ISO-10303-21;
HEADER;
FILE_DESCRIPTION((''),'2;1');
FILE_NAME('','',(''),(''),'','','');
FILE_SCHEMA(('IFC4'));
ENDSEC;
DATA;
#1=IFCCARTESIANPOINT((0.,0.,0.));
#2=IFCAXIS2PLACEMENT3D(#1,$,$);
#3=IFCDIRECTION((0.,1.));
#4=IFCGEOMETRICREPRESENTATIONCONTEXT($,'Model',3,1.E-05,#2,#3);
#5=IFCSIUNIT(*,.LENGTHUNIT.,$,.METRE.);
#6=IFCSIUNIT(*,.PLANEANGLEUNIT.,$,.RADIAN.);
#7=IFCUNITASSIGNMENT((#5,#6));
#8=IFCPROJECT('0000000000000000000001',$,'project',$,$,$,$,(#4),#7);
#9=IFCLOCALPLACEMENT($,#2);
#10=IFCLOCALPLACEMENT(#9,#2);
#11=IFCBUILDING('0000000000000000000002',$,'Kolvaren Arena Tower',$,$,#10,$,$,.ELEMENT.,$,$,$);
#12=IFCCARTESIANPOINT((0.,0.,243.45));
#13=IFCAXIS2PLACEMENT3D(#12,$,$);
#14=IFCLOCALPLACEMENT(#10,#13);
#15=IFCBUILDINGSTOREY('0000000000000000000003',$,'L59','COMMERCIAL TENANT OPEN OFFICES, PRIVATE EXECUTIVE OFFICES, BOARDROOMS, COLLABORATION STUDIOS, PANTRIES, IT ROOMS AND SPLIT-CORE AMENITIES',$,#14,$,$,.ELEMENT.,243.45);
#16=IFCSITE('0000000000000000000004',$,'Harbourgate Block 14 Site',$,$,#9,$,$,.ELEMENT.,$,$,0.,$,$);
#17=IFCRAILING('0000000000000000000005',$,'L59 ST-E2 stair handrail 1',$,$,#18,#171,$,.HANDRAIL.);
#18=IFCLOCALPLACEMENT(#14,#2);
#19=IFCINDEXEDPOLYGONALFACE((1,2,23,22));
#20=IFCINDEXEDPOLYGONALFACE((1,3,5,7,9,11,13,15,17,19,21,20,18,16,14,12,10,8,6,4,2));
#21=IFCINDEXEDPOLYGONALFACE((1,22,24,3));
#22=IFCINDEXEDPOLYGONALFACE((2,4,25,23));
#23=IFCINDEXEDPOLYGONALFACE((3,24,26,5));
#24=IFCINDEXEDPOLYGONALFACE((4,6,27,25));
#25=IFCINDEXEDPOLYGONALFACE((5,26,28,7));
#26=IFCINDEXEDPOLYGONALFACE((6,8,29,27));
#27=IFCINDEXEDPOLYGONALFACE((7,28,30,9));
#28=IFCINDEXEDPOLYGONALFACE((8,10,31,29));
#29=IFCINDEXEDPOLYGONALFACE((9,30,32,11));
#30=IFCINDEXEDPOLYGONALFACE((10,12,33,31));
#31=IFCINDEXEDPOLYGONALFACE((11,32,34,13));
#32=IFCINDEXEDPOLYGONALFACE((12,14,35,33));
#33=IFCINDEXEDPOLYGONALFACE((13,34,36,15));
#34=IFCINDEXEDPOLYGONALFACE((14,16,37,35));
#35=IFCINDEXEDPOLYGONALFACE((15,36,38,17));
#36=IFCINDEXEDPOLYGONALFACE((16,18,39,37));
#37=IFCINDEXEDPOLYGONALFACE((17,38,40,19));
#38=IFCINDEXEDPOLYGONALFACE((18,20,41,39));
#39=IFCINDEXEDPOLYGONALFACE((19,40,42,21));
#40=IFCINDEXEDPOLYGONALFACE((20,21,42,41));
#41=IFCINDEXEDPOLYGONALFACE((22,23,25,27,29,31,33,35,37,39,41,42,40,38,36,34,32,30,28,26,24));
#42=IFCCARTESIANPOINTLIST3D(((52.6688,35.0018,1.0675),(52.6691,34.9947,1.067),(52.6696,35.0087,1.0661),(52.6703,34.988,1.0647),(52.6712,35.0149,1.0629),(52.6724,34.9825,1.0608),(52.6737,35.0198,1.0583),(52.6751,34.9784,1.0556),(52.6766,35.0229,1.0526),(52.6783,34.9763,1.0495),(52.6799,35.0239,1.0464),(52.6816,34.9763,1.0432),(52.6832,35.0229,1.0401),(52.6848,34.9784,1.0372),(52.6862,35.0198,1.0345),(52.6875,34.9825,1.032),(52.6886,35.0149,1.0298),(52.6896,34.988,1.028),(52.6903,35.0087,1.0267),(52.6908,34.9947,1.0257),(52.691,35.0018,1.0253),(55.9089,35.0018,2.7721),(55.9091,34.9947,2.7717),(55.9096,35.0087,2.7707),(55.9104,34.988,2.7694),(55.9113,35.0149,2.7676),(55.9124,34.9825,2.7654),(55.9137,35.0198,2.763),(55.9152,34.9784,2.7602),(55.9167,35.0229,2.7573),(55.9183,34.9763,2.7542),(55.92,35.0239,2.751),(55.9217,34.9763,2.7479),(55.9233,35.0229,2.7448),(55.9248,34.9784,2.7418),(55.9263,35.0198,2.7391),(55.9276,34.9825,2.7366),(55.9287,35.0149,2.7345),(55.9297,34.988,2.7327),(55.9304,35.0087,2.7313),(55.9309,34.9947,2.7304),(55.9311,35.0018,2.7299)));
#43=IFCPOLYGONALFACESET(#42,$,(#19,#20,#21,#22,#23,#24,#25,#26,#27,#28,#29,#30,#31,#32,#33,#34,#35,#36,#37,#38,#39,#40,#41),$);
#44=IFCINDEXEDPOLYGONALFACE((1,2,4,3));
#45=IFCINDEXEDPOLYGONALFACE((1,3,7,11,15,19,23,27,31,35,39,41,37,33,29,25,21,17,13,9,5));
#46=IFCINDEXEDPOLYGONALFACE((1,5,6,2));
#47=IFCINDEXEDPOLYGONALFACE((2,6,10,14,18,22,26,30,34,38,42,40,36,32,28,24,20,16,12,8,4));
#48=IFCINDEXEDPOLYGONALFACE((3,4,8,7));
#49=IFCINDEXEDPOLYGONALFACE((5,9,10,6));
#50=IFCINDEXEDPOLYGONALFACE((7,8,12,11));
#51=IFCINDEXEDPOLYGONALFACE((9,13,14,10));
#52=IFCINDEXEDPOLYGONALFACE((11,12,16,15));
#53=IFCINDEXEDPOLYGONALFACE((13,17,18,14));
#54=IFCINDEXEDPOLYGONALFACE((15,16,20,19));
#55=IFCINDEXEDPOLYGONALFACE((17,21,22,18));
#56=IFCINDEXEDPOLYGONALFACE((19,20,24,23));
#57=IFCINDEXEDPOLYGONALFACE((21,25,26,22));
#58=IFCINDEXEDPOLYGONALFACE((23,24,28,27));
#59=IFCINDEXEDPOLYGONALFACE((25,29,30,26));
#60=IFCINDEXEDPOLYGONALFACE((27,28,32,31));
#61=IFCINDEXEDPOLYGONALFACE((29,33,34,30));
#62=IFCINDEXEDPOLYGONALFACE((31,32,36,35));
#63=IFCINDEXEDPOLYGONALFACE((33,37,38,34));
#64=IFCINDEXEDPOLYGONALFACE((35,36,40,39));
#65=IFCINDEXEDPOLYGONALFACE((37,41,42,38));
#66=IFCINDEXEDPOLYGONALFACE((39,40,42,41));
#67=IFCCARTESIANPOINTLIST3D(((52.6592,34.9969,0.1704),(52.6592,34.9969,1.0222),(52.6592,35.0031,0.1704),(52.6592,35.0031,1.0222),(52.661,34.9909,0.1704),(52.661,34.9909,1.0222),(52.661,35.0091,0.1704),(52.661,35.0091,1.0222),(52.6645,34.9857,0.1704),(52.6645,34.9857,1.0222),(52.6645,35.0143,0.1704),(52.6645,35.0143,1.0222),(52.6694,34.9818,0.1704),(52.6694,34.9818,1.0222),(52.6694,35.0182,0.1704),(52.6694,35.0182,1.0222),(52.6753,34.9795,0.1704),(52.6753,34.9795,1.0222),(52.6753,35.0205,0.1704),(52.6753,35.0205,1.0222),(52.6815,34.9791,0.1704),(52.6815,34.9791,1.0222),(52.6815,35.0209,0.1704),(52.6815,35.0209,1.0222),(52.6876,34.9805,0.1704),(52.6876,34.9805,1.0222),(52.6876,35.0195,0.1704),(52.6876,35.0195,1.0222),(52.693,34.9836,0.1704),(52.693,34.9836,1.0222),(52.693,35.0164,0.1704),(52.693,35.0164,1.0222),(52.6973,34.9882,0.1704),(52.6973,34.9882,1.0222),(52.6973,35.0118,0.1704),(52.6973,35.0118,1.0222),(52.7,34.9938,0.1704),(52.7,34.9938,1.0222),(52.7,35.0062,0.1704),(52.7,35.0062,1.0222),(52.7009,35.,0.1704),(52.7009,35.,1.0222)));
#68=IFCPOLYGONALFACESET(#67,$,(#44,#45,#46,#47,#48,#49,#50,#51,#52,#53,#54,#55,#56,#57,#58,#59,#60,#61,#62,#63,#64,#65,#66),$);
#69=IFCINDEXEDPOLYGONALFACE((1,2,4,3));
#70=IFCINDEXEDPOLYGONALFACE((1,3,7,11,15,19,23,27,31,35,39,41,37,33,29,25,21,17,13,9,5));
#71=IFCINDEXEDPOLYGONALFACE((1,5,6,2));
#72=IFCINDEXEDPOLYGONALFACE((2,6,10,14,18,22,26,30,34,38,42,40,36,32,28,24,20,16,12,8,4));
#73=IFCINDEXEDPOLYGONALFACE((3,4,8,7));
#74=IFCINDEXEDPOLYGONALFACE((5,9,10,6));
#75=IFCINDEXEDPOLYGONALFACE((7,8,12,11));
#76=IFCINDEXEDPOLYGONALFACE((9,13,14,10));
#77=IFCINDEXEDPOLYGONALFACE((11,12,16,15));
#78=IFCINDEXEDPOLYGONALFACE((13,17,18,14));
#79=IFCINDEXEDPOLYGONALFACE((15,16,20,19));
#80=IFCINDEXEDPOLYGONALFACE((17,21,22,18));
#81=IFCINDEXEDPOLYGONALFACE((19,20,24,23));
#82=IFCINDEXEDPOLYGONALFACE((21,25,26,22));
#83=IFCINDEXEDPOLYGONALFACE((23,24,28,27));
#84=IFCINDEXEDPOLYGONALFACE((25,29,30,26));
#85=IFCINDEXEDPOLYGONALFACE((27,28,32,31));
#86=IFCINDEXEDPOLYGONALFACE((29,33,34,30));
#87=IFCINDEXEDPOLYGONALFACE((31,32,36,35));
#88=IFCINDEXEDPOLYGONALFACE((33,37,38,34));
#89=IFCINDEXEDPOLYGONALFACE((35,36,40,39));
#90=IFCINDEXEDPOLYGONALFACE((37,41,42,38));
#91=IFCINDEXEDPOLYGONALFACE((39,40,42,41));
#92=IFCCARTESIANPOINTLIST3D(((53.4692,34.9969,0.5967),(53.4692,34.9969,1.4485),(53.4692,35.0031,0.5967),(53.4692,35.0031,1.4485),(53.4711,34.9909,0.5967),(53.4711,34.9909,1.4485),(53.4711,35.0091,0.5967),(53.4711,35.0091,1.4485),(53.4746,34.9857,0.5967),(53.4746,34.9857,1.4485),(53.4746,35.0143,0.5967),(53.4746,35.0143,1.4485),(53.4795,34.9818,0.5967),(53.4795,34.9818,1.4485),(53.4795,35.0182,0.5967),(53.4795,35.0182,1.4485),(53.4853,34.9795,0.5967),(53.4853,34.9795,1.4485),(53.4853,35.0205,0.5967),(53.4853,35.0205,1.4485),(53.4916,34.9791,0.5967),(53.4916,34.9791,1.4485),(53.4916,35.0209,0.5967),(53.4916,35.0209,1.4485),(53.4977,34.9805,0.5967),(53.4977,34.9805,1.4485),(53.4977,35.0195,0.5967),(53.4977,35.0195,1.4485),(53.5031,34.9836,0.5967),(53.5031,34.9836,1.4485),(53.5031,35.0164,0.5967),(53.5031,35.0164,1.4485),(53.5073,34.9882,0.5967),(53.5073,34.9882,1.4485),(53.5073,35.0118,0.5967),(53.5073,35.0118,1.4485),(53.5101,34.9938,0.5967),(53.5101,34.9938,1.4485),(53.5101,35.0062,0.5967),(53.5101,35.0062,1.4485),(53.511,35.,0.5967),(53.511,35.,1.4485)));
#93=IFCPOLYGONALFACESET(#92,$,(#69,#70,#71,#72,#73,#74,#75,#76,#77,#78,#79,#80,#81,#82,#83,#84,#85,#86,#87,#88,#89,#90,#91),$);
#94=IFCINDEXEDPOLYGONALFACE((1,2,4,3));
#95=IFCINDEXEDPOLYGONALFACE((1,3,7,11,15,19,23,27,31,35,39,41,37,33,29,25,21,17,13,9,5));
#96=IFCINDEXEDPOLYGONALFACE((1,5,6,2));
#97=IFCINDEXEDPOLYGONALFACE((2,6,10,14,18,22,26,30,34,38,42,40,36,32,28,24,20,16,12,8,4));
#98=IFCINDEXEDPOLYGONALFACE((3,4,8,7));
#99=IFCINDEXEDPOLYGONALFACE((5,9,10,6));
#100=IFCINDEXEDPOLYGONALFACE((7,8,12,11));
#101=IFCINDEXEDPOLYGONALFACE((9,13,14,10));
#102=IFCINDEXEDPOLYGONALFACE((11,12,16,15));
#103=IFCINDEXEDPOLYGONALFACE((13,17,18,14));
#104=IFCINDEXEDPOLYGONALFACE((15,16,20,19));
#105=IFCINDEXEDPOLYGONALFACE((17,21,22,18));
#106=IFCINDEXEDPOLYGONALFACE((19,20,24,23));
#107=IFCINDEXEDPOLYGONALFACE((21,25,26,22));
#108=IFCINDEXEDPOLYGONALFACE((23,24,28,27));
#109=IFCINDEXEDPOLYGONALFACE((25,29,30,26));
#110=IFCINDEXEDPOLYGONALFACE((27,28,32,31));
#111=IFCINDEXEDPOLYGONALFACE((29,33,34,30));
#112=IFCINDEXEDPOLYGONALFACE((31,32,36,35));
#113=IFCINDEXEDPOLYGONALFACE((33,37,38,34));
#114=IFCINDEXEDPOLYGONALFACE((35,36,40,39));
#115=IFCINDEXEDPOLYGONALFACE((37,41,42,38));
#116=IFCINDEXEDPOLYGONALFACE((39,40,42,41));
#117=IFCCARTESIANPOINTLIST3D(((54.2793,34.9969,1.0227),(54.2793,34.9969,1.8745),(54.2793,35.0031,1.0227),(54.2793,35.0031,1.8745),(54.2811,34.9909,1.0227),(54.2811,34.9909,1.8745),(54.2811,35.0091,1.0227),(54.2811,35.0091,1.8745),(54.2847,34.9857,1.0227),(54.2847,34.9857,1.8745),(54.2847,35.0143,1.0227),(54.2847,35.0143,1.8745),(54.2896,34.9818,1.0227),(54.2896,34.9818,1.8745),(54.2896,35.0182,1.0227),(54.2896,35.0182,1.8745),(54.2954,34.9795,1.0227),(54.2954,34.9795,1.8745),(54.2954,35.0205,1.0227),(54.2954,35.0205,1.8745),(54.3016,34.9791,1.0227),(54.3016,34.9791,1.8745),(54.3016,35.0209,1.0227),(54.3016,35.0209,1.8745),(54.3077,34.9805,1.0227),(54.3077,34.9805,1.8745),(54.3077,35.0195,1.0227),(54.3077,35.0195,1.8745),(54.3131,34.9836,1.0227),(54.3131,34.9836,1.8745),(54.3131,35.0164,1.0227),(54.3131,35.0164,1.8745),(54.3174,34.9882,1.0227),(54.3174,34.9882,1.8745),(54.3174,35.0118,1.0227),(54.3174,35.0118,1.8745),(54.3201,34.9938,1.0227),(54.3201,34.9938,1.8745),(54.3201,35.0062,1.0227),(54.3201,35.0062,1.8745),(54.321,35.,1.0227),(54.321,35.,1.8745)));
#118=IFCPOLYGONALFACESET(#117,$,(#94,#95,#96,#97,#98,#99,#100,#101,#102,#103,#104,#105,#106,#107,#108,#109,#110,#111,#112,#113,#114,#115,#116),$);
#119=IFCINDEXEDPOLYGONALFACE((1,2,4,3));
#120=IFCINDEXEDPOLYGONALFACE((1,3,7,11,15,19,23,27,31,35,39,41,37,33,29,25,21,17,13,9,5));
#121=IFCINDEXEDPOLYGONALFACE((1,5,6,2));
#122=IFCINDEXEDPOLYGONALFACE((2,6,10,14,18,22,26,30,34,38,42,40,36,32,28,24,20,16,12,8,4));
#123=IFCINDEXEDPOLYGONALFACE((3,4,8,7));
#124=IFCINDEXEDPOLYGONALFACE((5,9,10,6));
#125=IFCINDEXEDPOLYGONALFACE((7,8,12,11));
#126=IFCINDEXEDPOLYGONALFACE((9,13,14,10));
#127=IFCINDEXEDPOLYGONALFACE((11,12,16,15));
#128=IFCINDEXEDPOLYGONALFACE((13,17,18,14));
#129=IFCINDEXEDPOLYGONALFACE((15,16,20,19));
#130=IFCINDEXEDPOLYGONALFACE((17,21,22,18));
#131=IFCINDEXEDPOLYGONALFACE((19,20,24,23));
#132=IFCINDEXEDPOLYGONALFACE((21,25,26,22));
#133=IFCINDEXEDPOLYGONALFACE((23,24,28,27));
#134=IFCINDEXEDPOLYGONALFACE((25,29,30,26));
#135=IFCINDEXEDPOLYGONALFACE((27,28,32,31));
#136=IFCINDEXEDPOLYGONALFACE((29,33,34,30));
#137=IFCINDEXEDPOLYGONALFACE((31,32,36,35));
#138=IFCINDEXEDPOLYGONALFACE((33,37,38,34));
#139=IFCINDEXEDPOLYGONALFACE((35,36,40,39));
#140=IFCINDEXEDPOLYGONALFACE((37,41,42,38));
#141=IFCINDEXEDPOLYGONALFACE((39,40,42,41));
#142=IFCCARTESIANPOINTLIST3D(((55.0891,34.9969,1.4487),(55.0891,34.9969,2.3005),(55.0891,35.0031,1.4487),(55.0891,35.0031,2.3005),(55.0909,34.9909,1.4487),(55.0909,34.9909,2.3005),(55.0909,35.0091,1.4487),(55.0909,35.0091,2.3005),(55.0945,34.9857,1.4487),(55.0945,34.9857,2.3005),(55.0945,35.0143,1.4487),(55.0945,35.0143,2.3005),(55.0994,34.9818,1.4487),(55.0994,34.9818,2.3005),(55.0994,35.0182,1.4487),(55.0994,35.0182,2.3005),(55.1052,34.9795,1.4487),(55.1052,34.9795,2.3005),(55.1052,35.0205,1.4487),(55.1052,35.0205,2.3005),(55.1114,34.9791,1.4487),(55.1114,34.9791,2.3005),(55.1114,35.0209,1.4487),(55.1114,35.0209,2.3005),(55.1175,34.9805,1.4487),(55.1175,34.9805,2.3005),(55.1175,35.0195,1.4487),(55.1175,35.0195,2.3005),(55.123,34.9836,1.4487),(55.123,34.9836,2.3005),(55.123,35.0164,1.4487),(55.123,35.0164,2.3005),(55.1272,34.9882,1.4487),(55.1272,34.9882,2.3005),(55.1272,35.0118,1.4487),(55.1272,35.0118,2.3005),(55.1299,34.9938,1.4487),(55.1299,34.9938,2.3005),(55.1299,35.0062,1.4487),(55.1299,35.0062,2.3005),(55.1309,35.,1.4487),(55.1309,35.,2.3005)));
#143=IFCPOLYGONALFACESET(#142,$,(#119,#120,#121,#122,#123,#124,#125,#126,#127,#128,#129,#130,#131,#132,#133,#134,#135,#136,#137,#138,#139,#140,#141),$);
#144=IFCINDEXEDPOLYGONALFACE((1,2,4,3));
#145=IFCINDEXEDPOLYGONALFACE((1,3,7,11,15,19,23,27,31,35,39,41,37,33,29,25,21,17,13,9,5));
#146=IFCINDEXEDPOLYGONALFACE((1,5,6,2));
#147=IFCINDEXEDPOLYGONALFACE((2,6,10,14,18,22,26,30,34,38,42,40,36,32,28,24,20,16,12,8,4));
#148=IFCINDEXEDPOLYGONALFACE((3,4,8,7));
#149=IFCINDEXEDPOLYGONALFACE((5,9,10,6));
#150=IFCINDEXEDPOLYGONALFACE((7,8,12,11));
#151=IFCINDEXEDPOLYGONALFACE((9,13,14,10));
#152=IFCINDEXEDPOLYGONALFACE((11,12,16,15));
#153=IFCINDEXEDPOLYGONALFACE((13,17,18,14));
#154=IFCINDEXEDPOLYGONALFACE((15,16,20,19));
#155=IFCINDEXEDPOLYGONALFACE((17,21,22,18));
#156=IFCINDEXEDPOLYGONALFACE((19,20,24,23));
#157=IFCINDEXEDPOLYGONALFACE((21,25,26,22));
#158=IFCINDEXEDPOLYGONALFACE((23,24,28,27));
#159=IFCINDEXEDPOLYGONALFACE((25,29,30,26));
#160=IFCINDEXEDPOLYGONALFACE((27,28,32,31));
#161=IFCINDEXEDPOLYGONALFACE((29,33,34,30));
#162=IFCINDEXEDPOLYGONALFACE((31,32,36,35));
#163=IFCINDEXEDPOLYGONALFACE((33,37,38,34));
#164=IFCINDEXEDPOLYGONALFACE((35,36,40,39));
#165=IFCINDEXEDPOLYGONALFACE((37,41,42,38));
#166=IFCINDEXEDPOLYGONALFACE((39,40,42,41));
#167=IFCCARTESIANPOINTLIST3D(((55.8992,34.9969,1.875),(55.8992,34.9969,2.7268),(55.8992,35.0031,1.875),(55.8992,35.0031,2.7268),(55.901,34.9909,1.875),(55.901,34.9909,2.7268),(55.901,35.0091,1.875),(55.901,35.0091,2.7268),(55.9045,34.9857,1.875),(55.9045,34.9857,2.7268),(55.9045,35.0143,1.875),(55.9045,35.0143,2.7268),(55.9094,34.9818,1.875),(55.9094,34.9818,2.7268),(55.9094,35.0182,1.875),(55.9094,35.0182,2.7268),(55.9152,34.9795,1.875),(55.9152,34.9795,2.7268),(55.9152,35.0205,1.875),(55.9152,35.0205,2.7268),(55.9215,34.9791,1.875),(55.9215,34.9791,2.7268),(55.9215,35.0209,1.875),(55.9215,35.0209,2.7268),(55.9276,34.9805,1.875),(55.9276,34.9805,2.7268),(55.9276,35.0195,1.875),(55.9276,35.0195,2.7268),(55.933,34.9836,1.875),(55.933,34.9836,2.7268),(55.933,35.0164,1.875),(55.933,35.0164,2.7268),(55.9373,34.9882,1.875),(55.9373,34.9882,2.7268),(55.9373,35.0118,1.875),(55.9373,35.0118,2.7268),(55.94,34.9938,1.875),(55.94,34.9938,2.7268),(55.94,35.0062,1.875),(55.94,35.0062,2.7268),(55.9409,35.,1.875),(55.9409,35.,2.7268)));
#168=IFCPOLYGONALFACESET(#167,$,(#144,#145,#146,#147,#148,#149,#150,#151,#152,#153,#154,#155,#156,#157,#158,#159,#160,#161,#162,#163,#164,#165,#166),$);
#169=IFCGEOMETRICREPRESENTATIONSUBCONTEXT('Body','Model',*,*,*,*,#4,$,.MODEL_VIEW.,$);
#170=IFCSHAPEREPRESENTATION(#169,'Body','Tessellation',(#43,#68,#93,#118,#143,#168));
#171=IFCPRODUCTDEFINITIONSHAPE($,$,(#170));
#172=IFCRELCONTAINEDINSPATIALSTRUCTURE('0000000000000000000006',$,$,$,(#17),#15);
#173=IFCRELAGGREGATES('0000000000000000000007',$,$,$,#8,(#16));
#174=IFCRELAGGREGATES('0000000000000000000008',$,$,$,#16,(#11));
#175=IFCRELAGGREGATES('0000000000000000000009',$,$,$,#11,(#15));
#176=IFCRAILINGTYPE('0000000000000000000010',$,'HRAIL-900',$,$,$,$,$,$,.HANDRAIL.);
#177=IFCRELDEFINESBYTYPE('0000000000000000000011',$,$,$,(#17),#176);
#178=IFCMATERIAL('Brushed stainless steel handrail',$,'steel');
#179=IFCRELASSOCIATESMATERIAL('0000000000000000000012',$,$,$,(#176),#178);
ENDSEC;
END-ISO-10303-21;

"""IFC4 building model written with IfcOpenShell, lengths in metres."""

from ifc_helpers import new_model, si_unit, direction, frame, origin, origin_2d, place, context, subcontext, project, spatial, circle, extrude, material, type_object, element, save


model = new_model("IFC4")

# Units and contexts
model_context = context("Model", 3, precision=1e-05, world=origin(), true_north=direction((0.0, 1.0)))
body_context = subcontext(model_context, "Body", "Model", "MODEL_VIEW")
ifc_project = project(units=[si_unit("LENGTHUNIT", "METRE"), si_unit("PLANEANGLEUNIT", "RADIAN")], contexts=[model_context])

# Site, building, storey
site_placement = place(None, origin())
site = spatial("IfcSite", under=ifc_project, at=site_placement, Name="Harbourgate Block 14 Site", CompositionType="ELEMENT", RefElevation=0.0)
building_placement = place(site_placement, origin())
building = spatial("IfcBuilding", under=site, at=building_placement, Name="Kolvaren Arena Tower", CompositionType="ELEMENT")
storey_placement = place(building_placement, frame((0.0, 0.0, 243.45)))
storey = spatial("IfcBuildingStorey", under=building, at=storey_placement, Name="L59", Description="COMMERCIAL TENANT OPEN OFFICES, PRIVATE EXECUTIVE OFFICES, BOARDROOMS, COLLABORATION STUDIOS, PANTRIES, IT ROOMS AND SPLIT-CORE AMENITIES", CompositionType="ELEMENT", Elevation=243.45)

# Railing
ifc_material_1 = material(Name="Brushed stainless steel handrail", Category="steel")
railing_type_1 = type_object("IfcRailingType", Name="HRAIL-900", PredefinedType="HANDRAIL", material=ifc_material_1)
for number, where, name in (
    (1, (52.6799, 35.0, 0.1704), "L59 ST-E2 stair handrail 1"),
):
    element("IfcRailing", number, at=place(storey_placement, frame(where)), inside=storey, type_object=railing_type_1, Name=name, PredefinedType="HANDRAIL", context=body_context, shape_type="SweptSolid", body=[
        extrude(circle(Radius=0.0239, at=origin_2d()), frame((0.0, 0.0, 0.876), z_axis=(0.884993, 0.0, 0.465604), x_axis=(0.0, 1.0, 0.0)), (0.0, 0.0, 1.0), 3.6611),
        extrude(circle(Radius=0.021, at=origin_2d()), origin(), (0.0, 0.0, 1.0), 0.8518),
        extrude(circle(Radius=0.021, at=origin_2d()), frame((0.8101, 0.0, 0.4263)), (0.0, 0.0, 1.0), 0.8518),
        extrude(circle(Radius=0.021, at=origin_2d()), frame((1.6201, 0.0, 0.8523)), (0.0, 0.0, 1.0), 0.8518),
        extrude(circle(Radius=0.021, at=origin_2d()), frame((2.4299, 0.0, 1.2783)), (0.0, 0.0, 1.0), 0.8518),
        extrude(circle(Radius=0.021, at=origin_2d()), frame((3.24, 0.0, 1.7046)), (0.0, 0.0, 1.0), 0.8518),
    ])

save(model, "model.ifc")
